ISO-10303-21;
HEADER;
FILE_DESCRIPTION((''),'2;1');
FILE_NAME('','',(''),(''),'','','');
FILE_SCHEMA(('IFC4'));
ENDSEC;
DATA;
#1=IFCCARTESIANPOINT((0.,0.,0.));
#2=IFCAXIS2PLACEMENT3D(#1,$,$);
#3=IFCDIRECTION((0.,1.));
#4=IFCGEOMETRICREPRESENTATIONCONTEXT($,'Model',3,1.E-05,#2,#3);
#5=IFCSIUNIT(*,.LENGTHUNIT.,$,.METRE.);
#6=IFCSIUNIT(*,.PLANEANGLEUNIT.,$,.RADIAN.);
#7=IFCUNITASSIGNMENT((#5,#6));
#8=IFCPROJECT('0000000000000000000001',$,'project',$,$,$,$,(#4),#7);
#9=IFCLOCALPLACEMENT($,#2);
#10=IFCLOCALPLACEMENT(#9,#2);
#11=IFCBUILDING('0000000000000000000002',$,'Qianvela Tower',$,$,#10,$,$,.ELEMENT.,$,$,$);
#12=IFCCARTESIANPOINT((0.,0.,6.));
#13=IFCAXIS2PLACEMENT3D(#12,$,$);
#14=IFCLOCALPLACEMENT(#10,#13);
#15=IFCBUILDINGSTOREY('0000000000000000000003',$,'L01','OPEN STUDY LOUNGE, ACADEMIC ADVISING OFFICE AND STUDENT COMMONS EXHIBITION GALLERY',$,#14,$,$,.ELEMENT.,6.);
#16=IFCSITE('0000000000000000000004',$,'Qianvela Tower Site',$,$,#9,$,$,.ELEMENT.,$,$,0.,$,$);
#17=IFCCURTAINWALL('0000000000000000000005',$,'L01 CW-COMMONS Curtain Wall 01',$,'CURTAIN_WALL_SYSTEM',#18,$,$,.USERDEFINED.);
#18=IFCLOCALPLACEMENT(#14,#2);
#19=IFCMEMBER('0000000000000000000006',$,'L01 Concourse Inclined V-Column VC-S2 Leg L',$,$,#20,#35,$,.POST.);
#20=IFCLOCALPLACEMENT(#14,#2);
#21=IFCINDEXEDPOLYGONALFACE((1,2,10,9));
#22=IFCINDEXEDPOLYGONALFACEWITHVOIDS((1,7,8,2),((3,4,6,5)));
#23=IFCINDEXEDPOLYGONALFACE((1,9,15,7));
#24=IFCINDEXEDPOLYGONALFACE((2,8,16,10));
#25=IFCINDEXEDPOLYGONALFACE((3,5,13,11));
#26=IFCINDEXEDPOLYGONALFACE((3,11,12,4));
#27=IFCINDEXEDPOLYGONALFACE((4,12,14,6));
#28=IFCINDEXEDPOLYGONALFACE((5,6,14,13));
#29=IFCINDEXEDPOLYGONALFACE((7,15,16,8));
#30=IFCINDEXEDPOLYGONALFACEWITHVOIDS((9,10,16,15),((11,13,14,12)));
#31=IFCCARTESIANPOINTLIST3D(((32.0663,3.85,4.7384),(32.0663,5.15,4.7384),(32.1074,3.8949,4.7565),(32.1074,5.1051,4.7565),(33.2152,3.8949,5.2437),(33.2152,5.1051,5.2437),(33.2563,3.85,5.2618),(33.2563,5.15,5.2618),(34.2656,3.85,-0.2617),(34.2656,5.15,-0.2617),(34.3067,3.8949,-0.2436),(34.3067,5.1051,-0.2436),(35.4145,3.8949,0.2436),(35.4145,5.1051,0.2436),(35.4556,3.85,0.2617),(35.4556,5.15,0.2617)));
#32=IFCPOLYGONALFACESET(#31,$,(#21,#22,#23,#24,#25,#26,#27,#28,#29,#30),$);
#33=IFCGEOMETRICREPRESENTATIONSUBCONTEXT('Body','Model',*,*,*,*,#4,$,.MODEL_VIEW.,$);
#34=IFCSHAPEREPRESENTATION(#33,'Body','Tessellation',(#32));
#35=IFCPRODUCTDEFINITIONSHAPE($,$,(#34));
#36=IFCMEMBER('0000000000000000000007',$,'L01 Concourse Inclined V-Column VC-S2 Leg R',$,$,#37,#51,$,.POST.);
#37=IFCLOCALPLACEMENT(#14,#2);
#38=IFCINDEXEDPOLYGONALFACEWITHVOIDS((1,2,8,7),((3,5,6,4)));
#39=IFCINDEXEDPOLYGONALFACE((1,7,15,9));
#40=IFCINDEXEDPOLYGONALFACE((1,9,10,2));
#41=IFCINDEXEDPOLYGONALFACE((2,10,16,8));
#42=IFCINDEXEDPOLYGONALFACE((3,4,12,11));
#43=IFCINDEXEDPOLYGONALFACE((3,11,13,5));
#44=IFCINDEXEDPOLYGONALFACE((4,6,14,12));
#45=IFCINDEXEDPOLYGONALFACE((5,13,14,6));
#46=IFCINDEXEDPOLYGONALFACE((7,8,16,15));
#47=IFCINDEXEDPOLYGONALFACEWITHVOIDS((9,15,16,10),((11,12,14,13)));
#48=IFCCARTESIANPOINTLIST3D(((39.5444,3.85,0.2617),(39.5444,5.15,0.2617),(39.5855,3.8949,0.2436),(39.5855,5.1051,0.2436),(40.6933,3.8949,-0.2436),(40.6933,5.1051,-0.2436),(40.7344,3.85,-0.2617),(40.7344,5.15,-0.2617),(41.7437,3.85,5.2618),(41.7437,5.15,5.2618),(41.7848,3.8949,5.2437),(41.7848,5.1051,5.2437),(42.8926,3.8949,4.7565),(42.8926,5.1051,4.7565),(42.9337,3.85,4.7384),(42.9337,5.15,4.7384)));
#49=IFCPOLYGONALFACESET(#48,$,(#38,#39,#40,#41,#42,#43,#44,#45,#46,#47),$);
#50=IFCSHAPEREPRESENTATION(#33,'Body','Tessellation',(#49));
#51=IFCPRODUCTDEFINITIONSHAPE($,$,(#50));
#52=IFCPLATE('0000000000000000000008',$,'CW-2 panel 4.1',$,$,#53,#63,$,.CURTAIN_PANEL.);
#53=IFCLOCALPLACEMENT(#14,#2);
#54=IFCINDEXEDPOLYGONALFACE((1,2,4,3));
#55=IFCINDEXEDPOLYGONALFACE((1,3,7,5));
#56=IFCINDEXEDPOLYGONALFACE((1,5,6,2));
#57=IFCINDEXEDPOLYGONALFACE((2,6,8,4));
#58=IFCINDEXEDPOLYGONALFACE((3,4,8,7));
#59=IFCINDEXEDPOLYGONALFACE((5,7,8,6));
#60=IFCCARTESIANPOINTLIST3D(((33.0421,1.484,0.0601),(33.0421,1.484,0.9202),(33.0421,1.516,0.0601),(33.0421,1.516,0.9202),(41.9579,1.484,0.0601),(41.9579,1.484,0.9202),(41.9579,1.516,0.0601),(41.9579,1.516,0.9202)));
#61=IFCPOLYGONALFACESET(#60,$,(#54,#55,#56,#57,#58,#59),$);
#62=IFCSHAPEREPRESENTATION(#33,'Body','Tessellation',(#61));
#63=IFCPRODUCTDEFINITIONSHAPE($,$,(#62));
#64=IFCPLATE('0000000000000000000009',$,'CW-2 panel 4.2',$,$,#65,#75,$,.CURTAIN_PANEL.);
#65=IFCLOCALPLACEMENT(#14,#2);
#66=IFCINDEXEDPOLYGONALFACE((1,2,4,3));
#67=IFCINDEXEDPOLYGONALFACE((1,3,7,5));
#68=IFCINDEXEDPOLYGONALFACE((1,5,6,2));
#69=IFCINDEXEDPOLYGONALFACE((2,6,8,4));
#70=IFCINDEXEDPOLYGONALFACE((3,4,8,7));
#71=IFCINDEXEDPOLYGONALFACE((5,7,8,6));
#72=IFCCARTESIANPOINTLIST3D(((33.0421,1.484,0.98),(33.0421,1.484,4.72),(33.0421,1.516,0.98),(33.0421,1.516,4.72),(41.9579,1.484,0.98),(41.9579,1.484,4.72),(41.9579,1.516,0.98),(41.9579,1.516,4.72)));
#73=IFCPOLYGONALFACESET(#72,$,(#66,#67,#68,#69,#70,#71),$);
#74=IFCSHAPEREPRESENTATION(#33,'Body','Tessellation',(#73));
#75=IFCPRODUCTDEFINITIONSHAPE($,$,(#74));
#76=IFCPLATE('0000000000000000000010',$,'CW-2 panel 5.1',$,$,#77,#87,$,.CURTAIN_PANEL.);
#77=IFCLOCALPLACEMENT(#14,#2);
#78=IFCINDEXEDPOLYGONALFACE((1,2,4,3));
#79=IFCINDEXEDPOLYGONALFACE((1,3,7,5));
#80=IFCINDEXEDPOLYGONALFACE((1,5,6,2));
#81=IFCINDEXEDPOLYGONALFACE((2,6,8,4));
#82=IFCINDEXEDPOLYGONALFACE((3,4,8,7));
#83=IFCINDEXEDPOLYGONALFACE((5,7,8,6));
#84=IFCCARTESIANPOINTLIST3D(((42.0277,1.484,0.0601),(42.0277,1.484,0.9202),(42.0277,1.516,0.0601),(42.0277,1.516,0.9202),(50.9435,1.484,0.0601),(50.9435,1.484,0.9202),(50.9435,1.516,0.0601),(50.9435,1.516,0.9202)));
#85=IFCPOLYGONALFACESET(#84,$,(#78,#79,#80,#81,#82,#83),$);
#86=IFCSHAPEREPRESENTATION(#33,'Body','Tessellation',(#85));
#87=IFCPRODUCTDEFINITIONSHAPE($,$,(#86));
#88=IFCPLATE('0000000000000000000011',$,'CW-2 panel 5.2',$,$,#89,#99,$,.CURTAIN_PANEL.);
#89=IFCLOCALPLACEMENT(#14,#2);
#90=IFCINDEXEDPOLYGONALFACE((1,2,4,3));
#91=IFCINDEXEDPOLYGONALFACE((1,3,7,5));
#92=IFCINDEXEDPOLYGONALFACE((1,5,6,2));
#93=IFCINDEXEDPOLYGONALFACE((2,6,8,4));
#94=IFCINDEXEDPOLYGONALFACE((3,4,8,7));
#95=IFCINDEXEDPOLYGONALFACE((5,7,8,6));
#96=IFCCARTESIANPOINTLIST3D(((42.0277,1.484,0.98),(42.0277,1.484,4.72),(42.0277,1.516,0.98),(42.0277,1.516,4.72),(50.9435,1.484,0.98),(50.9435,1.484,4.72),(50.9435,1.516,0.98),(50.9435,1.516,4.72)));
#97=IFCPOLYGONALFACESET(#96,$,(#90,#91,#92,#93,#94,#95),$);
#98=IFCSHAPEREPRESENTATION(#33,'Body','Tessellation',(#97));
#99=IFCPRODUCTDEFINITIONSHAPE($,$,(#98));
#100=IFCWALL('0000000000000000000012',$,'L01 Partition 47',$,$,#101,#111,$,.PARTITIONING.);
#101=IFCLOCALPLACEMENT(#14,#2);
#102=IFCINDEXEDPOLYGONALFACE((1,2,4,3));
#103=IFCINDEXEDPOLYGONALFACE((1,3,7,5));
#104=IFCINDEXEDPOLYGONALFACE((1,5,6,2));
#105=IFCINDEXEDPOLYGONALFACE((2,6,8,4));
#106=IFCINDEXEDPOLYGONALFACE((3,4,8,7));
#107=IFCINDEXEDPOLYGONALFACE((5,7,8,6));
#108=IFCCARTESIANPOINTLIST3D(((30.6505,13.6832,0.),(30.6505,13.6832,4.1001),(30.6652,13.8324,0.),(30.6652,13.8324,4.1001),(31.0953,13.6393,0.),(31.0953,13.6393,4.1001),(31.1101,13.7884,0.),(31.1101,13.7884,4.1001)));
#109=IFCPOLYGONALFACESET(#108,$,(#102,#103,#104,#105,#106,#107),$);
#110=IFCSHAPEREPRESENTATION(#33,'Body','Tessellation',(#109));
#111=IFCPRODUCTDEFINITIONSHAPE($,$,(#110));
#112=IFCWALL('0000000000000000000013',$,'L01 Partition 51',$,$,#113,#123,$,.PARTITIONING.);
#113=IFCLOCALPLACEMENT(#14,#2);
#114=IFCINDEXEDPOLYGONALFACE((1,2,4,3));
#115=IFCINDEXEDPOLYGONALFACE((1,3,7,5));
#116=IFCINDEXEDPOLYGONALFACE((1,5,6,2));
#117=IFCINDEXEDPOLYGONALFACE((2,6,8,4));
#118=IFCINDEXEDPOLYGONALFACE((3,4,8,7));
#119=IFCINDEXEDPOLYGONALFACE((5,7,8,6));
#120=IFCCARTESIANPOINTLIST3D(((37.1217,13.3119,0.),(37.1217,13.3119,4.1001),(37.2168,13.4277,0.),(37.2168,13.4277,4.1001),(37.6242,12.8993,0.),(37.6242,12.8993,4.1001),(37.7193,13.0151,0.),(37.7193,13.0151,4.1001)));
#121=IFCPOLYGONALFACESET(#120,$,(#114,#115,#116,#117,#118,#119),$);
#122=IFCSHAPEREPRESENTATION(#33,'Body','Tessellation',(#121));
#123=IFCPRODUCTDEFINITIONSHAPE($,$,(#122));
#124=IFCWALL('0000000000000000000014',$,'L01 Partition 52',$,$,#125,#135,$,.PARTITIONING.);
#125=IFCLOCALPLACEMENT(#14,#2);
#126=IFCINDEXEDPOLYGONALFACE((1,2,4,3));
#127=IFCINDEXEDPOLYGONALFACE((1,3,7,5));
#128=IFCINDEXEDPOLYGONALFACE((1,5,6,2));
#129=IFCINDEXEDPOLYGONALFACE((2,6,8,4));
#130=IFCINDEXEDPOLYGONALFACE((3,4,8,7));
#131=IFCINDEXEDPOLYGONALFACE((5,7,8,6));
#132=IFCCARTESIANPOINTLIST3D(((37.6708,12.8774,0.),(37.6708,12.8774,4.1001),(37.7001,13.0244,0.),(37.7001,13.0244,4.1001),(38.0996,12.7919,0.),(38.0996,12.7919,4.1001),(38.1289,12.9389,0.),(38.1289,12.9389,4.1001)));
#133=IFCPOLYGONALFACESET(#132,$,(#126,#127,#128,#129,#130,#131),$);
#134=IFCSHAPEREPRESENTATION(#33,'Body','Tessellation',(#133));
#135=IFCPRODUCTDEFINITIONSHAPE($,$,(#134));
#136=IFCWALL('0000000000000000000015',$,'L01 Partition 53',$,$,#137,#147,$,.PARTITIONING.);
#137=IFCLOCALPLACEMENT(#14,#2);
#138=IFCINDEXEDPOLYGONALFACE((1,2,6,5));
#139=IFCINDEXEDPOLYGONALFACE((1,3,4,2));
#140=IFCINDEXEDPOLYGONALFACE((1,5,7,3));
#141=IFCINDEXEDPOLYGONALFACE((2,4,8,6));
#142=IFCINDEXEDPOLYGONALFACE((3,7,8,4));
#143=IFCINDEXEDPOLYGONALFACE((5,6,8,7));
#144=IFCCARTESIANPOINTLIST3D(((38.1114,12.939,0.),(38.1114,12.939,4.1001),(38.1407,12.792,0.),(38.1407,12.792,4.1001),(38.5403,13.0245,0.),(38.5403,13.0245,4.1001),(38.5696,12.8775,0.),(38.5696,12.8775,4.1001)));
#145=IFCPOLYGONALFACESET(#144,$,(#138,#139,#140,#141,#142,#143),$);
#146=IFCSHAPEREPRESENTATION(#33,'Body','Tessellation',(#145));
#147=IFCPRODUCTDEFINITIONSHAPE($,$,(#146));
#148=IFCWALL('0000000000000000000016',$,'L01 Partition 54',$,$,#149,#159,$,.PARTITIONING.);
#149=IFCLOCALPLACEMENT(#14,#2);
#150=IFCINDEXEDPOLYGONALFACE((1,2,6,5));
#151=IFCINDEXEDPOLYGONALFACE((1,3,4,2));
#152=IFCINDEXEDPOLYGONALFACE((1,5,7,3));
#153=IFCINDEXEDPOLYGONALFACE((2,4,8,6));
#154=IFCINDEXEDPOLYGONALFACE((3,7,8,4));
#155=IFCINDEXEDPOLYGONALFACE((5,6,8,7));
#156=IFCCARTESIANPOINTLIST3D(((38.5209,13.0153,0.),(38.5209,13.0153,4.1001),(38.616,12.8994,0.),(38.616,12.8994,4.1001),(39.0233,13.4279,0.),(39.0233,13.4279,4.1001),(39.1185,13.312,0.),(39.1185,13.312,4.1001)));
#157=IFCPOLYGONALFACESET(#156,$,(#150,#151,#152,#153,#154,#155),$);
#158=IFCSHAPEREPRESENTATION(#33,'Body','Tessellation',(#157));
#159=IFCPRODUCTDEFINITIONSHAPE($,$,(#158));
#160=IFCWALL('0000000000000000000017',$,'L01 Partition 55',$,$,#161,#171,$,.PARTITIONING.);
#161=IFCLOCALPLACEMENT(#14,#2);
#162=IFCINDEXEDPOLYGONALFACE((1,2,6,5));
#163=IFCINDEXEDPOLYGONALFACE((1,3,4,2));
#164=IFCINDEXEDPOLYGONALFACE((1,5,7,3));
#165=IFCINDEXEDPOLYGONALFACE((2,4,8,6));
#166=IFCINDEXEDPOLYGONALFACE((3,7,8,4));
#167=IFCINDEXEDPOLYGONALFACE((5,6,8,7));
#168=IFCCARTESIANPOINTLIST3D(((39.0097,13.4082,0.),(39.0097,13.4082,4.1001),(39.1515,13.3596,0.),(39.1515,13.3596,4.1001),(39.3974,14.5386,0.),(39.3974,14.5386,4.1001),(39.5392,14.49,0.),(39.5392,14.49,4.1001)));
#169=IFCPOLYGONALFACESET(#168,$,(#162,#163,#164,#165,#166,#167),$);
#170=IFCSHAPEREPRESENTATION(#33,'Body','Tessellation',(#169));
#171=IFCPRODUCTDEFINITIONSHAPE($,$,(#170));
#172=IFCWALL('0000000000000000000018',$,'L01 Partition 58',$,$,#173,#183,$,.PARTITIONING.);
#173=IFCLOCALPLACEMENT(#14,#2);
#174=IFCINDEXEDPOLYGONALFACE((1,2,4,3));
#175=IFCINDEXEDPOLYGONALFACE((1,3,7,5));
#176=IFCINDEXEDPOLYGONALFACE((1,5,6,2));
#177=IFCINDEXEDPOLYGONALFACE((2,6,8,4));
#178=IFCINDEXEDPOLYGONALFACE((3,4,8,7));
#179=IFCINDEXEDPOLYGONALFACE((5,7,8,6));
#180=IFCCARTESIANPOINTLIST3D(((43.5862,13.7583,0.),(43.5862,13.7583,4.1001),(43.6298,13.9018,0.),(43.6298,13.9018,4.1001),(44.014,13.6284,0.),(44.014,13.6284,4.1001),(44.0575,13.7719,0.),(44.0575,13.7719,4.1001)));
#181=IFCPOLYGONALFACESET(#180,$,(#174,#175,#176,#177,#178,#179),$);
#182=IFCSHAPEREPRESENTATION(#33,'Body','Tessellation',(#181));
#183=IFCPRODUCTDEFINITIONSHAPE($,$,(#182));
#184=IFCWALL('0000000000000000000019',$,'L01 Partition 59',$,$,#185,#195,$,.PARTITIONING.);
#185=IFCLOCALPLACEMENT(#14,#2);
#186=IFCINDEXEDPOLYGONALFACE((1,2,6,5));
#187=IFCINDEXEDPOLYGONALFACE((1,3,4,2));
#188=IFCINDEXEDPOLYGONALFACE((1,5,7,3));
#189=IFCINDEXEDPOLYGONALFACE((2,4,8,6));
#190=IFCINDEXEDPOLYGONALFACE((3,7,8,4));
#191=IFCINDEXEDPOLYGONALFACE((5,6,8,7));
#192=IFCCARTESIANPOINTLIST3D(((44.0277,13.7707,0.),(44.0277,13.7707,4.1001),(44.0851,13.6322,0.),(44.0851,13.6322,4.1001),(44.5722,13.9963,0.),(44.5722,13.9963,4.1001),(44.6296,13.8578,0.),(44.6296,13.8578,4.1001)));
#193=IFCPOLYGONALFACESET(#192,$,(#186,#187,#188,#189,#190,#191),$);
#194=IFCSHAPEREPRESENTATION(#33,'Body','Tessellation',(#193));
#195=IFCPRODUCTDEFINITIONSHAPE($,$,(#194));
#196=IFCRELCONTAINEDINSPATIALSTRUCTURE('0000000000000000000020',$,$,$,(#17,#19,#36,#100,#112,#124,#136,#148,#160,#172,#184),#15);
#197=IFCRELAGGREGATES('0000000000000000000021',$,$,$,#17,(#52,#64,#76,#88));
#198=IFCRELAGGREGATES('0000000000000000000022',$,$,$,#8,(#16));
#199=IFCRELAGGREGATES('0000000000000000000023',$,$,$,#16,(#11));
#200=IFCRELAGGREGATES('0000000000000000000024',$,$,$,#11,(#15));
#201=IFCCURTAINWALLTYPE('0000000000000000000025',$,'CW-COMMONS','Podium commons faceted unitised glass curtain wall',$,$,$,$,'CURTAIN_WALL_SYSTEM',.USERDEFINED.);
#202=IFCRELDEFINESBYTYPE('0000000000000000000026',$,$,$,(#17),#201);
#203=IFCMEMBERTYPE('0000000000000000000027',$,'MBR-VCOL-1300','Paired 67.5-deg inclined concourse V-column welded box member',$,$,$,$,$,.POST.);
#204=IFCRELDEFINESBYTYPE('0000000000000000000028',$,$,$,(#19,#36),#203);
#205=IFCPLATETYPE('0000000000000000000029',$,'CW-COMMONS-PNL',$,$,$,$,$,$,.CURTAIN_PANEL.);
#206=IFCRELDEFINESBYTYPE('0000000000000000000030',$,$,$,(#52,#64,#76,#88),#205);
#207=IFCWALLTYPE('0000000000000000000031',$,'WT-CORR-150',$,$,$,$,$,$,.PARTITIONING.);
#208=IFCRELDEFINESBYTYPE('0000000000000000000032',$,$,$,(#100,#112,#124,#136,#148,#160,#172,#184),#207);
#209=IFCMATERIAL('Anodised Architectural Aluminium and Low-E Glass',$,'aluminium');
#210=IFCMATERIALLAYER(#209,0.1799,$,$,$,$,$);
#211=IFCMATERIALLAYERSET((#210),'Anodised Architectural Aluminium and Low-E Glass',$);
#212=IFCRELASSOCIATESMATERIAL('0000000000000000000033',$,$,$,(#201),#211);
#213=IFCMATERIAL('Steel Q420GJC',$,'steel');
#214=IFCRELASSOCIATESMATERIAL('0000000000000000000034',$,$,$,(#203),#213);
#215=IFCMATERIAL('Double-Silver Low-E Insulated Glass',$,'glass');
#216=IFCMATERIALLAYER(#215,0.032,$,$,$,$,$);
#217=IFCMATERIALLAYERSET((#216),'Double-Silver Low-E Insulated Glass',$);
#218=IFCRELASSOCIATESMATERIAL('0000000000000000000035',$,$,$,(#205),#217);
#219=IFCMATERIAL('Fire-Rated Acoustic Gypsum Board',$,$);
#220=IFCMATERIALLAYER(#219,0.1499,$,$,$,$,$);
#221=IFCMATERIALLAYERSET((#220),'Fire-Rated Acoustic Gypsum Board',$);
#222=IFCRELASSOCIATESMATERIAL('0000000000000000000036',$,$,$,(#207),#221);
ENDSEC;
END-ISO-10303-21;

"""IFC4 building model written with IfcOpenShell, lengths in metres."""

from ifc_helpers import new_model, si_unit, direction, frame, frame_2d, origin, origin_2d, place, context, subcontext, project, spatial, rectangle, hollow_rectangle, extrude, material, layer, layer_set, material_profile, profile_set, type_object, element, aggregate, save


model = new_model("IFC4")

# Units and contexts
model_context = context("Model", 3, precision=1e-05, world=origin(), true_north=direction((0.0, 1.0)))
body_context = subcontext(model_context, "Body", "Model", "MODEL_VIEW")
ifc_project = project(units=[si_unit("LENGTHUNIT", "METRE"), si_unit("PLANEANGLEUNIT", "RADIAN")], contexts=[model_context])

# Site, building, storey
site_placement = place(None, origin())
site = spatial("IfcSite", under=ifc_project, at=site_placement, Name="Qianvela Tower Site", CompositionType="ELEMENT", RefElevation=0.0)
building_placement = place(site_placement, origin())
building = spatial("IfcBuilding", under=site, at=building_placement, Name="Qianvela Tower", CompositionType="ELEMENT")
storey_placement = place(building_placement, frame((0.0, 0.0, 6.0)))
storey = spatial("IfcBuildingStorey", under=building, at=storey_placement, Name="L01", Description="OPEN STUDY LOUNGE, ACADEMIC ADVISING OFFICE AND STUDENT COMMONS EXHIBITION GALLERY", CompositionType="ELEMENT", Elevation=6.0)

# Curtain wall
ifc_material_1 = material(Name="Anodised Architectural Aluminium and Low-E Glass", Category="aluminium")
ifc_layer_1 = layer(ifc_material_1, 0.1799)
ifc_layer_set_1 = layer_set([ifc_layer_1], Name="Anodised Architectural Aluminium and Low-E Glass")
curtain_wall_type = type_object("IfcCurtainWallType", Name="CW-COMMONS", Description="Podium commons faceted unitised glass curtain wall", ElementType="CURTAIN_WALL_SYSTEM", PredefinedType="USERDEFINED", material=ifc_layer_set_1)
curtain_wall_placement = place(storey_placement, origin())
curtain_wall = element("IfcCurtainWall", 1, at=curtain_wall_placement, inside=storey, type_object=curtain_wall_type, Name="L01 CW-COMMONS Curtain Wall 01", ObjectType="CURTAIN_WALL_SYSTEM", PredefinedType="USERDEFINED")

# Members
ifc_material_2 = material(Name="Steel Q420GJC", Category="steel")
ifc_material_profile_1 = material_profile(ifc_material_2, hollow_rectangle(XDim=1.3, YDim=1.3, WallThickness=0.0449, at=origin_2d()), Name="VBOX-1300x1300x45")
ifc_profile_set_1 = profile_set([ifc_material_profile_1], Name="Steel Q420GJC")
member_type_1 = type_object("IfcMemberType", Name="MBR-VCOL-1300", Description="Paired 67.5-deg inclined concourse V-column welded box member", PredefinedType="POST", material=ifc_profile_set_1)
for number, where, z_axis, x_axis, name in (
    (2, (34.8606, 4.5, 0.0), (-0.402619, 0.0, 0.915368), (0.0, -1.0, 0.0), "L01 Concourse Inclined V-Column VC-S2 Leg L"),
    (3, (40.1394, 4.5, 0.0), (0.402619, 0.0, 0.915368), (0.0, 1.0, 0.0), "L01 Concourse Inclined V-Column VC-S2 Leg R"),
):
    element("IfcMember", number, at=place(storey_placement, frame(where, z_axis=z_axis, x_axis=x_axis)), inside=storey, type_object=member_type_1, Name=name, PredefinedType="POST", context=body_context, shape_type="SweptSolid", body=[
        extrude(hollow_rectangle(XDim=1.3, YDim=1.3, WallThickness=0.0449, at=origin_2d()), origin(), (0.0, 0.0, 1.0), 5.4624),
    ])

# Plates
ifc_material_3 = material(Name="Double-Silver Low-E Insulated Glass", Category="glass")
ifc_layer_2 = layer(ifc_material_3, 0.032)
ifc_layer_set_2 = layer_set([ifc_layer_2], Name="Double-Silver Low-E Insulated Glass")
plate_type = type_object("IfcPlateType", Name="CW-COMMONS-PNL", PredefinedType="CURTAIN_PANEL", material=ifc_layer_set_2)
plate_1_placement = place(storey_placement, frame((37.5, 1.5, 0.0601), z_axis=(0.0, 0.0, 1.0), x_axis=(1.0, 0.0, 0.0)))
plate_1 = element("IfcPlate", 4, at=plate_1_placement, type_object=plate_type, Name="CW-2 panel 4.1", PredefinedType="CURTAIN_PANEL", context=body_context, shape_type="SweptSolid", body=[
    extrude(rectangle(XDim=8.9158, YDim=0.032, at=origin_2d()), origin(), (0.0, 0.0, 1.0), 0.8601),
])
plate_2_placement = place(storey_placement, frame((37.5, 1.5, 0.98), z_axis=(0.0, 0.0, 1.0), x_axis=(1.0, 0.0, 0.0)))
plate_2 = element("IfcPlate", 5, at=plate_2_placement, type_object=plate_type, Name="CW-2 panel 4.2", PredefinedType="CURTAIN_PANEL", context=body_context, shape_type="SweptSolid", body=[
    extrude(rectangle(XDim=8.9158, YDim=0.032, at=origin_2d()), origin(), (0.0, 0.0, 1.0), 3.74),
])
plate_3_placement = place(storey_placement, frame((46.4856, 1.5, 0.0601), z_axis=(0.0, 0.0, 1.0), x_axis=(1.0, 0.0, 0.0)))
plate_3 = element("IfcPlate", 6, at=plate_3_placement, type_object=plate_type, Name="CW-2 panel 5.1", PredefinedType="CURTAIN_PANEL", context=body_context, shape_type="SweptSolid", body=[
    extrude(rectangle(XDim=8.9158, YDim=0.032, at=origin_2d()), origin(), (0.0, 0.0, 1.0), 0.8601),
])
plate_4_placement = place(storey_placement, frame((46.4856, 1.5, 0.98), z_axis=(0.0, 0.0, 1.0), x_axis=(1.0, 0.0, 0.0)))
plate_4 = element("IfcPlate", 7, at=plate_4_placement, type_object=plate_type, Name="CW-2 panel 5.2", PredefinedType="CURTAIN_PANEL", context=body_context, shape_type="SweptSolid", body=[
    extrude(rectangle(XDim=8.9158, YDim=0.032, at=origin_2d()), origin(), (0.0, 0.0, 1.0), 3.74),
])
aggregate(curtain_wall, [plate_1, plate_2, plate_3, plate_4])

# Walls
ifc_material_4 = material(Name="Fire-Rated Acoustic Gypsum Board")
ifc_layer_3 = layer(ifc_material_4, 0.1499)
ifc_layer_set_3 = layer_set([ifc_layer_3], Name="Fire-Rated Acoustic Gypsum Board")
wall_type_1 = type_object("IfcWallType", Name="WT-CORR-150", PredefinedType="PARTITIONING", material=ifc_layer_set_3)
wall_1_placement = place(storey_placement, frame((30.6577, 13.7578, 0.0), z_axis=(0.0, 0.0, 1.0), x_axis=(0.995155, -0.098314, 0.0)))
element("IfcWall", 8, at=wall_1_placement, inside=storey, type_object=wall_type_1, Name="L01 Partition 47", PredefinedType="PARTITIONING", context=body_context, shape_type="SweptSolid", body=[
    extrude(rectangle(XDim=0.447, YDim=0.1499, at=frame_2d((0.2236, 0.0))), origin(), (0.0, 0.0, 1.0), 4.1001),
])
wall_2_placement = place(storey_placement, frame((37.1692, 13.3699, 0.0), z_axis=(0.0, 0.0, 1.0), x_axis=(0.772818, -0.634627, 0.0)))
element("IfcWall", 9, at=wall_2_placement, inside=storey, type_object=wall_type_1, Name="L01 Partition 51", PredefinedType="PARTITIONING", context=body_context, shape_type="SweptSolid", body=[
    extrude(rectangle(XDim=0.6501, YDim=0.1499, at=frame_2d((0.3252, 0.0))), origin(), (0.0, 0.0, 1.0), 4.1001),
])
for number, where, z_axis, x_axis, name in (
    (10, (37.6853, 12.9509, 0.0), (0.0, 0.0, 1.0), (0.980709, -0.195472, 0.0), "L01 Partition 52"),
    (11, (38.126, 12.8655, 0.0), (0.0, 0.0, 1.0), (0.980709, 0.195472, 0.0), "L01 Partition 53"),
):
    element("IfcWall", number, at=place(storey_placement, frame(where, z_axis=z_axis, x_axis=x_axis)), inside=storey, type_object=wall_type_1, Name=name, PredefinedType="PARTITIONING", context=body_context, shape_type="SweptSolid", body=[
        extrude(rectangle(XDim=0.4373, YDim=0.1499, at=frame_2d((0.2188, 0.0))), origin(), (0.0, 0.0, 1.0), 4.1001),
    ])
wall_3_placement = place(storey_placement, frame((38.5684, 12.9573, 0.0), z_axis=(0.0, 0.0, 1.0), x_axis=(0.772818, 0.634627, 0.0)))
element("IfcWall", 12, at=wall_3_placement, inside=storey, type_object=wall_type_1, Name="L01 Partition 54", PredefinedType="PARTITIONING", context=body_context, shape_type="SweptSolid", body=[
    extrude(rectangle(XDim=0.6501, YDim=0.1499, at=frame_2d((0.3252, 0.0))), origin(), (0.0, 0.0, 1.0), 4.1001),
])
wall_4_placement = place(storey_placement, frame((39.0806, 13.3838, 0.0), z_axis=(0.0, 0.0, 1.0), x_axis=(0.324429, 0.94591, 0.0)))
element("IfcWall", 13, at=wall_4_placement, inside=storey, type_object=wall_type_1, Name="L01 Partition 55", PredefinedType="PARTITIONING", context=body_context, shape_type="SweptSolid", body=[
    extrude(rectangle(XDim=1.1951, YDim=0.1499, at=frame_2d((0.5977, 0.0))), origin(), (0.0, 0.0, 1.0), 4.1001),
])
wall_5_placement = place(storey_placement, frame((43.6079, 13.8301, 0.0), z_axis=(0.0, 0.0, 1.0), x_axis=(0.956859, -0.290553, 0.0)))
element("IfcWall", 14, at=wall_5_placement, inside=storey, type_object=wall_type_1, Name="L01 Partition 58", PredefinedType="PARTITIONING", context=body_context, shape_type="SweptSolid", body=[
    extrude(rectangle(XDim=0.447, YDim=0.1499, at=frame_2d((0.2236, 0.0))), origin(), (0.0, 0.0, 1.0), 4.1001),
])
for number, where, z_axis, x_axis, name in (
    (15, (44.0564, 13.7014, 0.0), (0.0, 0.0, 1.0), (0.923835, 0.382791, 0.0), "L01 Partition 59"),
):
    element("IfcWall", number, at=place(storey_placement, frame(where, z_axis=z_axis, x_axis=x_axis)), inside=storey, type_object=wall_type_1, Name=name, PredefinedType="PARTITIONING", context=body_context, shape_type="SweptSolid", body=[
        extrude(rectangle(XDim=0.5894, YDim=0.1499, at=frame_2d((0.2947, 0.0))), origin(), (0.0, 0.0, 1.0), 4.1001),
    ])

save(model, "model.ifc")
